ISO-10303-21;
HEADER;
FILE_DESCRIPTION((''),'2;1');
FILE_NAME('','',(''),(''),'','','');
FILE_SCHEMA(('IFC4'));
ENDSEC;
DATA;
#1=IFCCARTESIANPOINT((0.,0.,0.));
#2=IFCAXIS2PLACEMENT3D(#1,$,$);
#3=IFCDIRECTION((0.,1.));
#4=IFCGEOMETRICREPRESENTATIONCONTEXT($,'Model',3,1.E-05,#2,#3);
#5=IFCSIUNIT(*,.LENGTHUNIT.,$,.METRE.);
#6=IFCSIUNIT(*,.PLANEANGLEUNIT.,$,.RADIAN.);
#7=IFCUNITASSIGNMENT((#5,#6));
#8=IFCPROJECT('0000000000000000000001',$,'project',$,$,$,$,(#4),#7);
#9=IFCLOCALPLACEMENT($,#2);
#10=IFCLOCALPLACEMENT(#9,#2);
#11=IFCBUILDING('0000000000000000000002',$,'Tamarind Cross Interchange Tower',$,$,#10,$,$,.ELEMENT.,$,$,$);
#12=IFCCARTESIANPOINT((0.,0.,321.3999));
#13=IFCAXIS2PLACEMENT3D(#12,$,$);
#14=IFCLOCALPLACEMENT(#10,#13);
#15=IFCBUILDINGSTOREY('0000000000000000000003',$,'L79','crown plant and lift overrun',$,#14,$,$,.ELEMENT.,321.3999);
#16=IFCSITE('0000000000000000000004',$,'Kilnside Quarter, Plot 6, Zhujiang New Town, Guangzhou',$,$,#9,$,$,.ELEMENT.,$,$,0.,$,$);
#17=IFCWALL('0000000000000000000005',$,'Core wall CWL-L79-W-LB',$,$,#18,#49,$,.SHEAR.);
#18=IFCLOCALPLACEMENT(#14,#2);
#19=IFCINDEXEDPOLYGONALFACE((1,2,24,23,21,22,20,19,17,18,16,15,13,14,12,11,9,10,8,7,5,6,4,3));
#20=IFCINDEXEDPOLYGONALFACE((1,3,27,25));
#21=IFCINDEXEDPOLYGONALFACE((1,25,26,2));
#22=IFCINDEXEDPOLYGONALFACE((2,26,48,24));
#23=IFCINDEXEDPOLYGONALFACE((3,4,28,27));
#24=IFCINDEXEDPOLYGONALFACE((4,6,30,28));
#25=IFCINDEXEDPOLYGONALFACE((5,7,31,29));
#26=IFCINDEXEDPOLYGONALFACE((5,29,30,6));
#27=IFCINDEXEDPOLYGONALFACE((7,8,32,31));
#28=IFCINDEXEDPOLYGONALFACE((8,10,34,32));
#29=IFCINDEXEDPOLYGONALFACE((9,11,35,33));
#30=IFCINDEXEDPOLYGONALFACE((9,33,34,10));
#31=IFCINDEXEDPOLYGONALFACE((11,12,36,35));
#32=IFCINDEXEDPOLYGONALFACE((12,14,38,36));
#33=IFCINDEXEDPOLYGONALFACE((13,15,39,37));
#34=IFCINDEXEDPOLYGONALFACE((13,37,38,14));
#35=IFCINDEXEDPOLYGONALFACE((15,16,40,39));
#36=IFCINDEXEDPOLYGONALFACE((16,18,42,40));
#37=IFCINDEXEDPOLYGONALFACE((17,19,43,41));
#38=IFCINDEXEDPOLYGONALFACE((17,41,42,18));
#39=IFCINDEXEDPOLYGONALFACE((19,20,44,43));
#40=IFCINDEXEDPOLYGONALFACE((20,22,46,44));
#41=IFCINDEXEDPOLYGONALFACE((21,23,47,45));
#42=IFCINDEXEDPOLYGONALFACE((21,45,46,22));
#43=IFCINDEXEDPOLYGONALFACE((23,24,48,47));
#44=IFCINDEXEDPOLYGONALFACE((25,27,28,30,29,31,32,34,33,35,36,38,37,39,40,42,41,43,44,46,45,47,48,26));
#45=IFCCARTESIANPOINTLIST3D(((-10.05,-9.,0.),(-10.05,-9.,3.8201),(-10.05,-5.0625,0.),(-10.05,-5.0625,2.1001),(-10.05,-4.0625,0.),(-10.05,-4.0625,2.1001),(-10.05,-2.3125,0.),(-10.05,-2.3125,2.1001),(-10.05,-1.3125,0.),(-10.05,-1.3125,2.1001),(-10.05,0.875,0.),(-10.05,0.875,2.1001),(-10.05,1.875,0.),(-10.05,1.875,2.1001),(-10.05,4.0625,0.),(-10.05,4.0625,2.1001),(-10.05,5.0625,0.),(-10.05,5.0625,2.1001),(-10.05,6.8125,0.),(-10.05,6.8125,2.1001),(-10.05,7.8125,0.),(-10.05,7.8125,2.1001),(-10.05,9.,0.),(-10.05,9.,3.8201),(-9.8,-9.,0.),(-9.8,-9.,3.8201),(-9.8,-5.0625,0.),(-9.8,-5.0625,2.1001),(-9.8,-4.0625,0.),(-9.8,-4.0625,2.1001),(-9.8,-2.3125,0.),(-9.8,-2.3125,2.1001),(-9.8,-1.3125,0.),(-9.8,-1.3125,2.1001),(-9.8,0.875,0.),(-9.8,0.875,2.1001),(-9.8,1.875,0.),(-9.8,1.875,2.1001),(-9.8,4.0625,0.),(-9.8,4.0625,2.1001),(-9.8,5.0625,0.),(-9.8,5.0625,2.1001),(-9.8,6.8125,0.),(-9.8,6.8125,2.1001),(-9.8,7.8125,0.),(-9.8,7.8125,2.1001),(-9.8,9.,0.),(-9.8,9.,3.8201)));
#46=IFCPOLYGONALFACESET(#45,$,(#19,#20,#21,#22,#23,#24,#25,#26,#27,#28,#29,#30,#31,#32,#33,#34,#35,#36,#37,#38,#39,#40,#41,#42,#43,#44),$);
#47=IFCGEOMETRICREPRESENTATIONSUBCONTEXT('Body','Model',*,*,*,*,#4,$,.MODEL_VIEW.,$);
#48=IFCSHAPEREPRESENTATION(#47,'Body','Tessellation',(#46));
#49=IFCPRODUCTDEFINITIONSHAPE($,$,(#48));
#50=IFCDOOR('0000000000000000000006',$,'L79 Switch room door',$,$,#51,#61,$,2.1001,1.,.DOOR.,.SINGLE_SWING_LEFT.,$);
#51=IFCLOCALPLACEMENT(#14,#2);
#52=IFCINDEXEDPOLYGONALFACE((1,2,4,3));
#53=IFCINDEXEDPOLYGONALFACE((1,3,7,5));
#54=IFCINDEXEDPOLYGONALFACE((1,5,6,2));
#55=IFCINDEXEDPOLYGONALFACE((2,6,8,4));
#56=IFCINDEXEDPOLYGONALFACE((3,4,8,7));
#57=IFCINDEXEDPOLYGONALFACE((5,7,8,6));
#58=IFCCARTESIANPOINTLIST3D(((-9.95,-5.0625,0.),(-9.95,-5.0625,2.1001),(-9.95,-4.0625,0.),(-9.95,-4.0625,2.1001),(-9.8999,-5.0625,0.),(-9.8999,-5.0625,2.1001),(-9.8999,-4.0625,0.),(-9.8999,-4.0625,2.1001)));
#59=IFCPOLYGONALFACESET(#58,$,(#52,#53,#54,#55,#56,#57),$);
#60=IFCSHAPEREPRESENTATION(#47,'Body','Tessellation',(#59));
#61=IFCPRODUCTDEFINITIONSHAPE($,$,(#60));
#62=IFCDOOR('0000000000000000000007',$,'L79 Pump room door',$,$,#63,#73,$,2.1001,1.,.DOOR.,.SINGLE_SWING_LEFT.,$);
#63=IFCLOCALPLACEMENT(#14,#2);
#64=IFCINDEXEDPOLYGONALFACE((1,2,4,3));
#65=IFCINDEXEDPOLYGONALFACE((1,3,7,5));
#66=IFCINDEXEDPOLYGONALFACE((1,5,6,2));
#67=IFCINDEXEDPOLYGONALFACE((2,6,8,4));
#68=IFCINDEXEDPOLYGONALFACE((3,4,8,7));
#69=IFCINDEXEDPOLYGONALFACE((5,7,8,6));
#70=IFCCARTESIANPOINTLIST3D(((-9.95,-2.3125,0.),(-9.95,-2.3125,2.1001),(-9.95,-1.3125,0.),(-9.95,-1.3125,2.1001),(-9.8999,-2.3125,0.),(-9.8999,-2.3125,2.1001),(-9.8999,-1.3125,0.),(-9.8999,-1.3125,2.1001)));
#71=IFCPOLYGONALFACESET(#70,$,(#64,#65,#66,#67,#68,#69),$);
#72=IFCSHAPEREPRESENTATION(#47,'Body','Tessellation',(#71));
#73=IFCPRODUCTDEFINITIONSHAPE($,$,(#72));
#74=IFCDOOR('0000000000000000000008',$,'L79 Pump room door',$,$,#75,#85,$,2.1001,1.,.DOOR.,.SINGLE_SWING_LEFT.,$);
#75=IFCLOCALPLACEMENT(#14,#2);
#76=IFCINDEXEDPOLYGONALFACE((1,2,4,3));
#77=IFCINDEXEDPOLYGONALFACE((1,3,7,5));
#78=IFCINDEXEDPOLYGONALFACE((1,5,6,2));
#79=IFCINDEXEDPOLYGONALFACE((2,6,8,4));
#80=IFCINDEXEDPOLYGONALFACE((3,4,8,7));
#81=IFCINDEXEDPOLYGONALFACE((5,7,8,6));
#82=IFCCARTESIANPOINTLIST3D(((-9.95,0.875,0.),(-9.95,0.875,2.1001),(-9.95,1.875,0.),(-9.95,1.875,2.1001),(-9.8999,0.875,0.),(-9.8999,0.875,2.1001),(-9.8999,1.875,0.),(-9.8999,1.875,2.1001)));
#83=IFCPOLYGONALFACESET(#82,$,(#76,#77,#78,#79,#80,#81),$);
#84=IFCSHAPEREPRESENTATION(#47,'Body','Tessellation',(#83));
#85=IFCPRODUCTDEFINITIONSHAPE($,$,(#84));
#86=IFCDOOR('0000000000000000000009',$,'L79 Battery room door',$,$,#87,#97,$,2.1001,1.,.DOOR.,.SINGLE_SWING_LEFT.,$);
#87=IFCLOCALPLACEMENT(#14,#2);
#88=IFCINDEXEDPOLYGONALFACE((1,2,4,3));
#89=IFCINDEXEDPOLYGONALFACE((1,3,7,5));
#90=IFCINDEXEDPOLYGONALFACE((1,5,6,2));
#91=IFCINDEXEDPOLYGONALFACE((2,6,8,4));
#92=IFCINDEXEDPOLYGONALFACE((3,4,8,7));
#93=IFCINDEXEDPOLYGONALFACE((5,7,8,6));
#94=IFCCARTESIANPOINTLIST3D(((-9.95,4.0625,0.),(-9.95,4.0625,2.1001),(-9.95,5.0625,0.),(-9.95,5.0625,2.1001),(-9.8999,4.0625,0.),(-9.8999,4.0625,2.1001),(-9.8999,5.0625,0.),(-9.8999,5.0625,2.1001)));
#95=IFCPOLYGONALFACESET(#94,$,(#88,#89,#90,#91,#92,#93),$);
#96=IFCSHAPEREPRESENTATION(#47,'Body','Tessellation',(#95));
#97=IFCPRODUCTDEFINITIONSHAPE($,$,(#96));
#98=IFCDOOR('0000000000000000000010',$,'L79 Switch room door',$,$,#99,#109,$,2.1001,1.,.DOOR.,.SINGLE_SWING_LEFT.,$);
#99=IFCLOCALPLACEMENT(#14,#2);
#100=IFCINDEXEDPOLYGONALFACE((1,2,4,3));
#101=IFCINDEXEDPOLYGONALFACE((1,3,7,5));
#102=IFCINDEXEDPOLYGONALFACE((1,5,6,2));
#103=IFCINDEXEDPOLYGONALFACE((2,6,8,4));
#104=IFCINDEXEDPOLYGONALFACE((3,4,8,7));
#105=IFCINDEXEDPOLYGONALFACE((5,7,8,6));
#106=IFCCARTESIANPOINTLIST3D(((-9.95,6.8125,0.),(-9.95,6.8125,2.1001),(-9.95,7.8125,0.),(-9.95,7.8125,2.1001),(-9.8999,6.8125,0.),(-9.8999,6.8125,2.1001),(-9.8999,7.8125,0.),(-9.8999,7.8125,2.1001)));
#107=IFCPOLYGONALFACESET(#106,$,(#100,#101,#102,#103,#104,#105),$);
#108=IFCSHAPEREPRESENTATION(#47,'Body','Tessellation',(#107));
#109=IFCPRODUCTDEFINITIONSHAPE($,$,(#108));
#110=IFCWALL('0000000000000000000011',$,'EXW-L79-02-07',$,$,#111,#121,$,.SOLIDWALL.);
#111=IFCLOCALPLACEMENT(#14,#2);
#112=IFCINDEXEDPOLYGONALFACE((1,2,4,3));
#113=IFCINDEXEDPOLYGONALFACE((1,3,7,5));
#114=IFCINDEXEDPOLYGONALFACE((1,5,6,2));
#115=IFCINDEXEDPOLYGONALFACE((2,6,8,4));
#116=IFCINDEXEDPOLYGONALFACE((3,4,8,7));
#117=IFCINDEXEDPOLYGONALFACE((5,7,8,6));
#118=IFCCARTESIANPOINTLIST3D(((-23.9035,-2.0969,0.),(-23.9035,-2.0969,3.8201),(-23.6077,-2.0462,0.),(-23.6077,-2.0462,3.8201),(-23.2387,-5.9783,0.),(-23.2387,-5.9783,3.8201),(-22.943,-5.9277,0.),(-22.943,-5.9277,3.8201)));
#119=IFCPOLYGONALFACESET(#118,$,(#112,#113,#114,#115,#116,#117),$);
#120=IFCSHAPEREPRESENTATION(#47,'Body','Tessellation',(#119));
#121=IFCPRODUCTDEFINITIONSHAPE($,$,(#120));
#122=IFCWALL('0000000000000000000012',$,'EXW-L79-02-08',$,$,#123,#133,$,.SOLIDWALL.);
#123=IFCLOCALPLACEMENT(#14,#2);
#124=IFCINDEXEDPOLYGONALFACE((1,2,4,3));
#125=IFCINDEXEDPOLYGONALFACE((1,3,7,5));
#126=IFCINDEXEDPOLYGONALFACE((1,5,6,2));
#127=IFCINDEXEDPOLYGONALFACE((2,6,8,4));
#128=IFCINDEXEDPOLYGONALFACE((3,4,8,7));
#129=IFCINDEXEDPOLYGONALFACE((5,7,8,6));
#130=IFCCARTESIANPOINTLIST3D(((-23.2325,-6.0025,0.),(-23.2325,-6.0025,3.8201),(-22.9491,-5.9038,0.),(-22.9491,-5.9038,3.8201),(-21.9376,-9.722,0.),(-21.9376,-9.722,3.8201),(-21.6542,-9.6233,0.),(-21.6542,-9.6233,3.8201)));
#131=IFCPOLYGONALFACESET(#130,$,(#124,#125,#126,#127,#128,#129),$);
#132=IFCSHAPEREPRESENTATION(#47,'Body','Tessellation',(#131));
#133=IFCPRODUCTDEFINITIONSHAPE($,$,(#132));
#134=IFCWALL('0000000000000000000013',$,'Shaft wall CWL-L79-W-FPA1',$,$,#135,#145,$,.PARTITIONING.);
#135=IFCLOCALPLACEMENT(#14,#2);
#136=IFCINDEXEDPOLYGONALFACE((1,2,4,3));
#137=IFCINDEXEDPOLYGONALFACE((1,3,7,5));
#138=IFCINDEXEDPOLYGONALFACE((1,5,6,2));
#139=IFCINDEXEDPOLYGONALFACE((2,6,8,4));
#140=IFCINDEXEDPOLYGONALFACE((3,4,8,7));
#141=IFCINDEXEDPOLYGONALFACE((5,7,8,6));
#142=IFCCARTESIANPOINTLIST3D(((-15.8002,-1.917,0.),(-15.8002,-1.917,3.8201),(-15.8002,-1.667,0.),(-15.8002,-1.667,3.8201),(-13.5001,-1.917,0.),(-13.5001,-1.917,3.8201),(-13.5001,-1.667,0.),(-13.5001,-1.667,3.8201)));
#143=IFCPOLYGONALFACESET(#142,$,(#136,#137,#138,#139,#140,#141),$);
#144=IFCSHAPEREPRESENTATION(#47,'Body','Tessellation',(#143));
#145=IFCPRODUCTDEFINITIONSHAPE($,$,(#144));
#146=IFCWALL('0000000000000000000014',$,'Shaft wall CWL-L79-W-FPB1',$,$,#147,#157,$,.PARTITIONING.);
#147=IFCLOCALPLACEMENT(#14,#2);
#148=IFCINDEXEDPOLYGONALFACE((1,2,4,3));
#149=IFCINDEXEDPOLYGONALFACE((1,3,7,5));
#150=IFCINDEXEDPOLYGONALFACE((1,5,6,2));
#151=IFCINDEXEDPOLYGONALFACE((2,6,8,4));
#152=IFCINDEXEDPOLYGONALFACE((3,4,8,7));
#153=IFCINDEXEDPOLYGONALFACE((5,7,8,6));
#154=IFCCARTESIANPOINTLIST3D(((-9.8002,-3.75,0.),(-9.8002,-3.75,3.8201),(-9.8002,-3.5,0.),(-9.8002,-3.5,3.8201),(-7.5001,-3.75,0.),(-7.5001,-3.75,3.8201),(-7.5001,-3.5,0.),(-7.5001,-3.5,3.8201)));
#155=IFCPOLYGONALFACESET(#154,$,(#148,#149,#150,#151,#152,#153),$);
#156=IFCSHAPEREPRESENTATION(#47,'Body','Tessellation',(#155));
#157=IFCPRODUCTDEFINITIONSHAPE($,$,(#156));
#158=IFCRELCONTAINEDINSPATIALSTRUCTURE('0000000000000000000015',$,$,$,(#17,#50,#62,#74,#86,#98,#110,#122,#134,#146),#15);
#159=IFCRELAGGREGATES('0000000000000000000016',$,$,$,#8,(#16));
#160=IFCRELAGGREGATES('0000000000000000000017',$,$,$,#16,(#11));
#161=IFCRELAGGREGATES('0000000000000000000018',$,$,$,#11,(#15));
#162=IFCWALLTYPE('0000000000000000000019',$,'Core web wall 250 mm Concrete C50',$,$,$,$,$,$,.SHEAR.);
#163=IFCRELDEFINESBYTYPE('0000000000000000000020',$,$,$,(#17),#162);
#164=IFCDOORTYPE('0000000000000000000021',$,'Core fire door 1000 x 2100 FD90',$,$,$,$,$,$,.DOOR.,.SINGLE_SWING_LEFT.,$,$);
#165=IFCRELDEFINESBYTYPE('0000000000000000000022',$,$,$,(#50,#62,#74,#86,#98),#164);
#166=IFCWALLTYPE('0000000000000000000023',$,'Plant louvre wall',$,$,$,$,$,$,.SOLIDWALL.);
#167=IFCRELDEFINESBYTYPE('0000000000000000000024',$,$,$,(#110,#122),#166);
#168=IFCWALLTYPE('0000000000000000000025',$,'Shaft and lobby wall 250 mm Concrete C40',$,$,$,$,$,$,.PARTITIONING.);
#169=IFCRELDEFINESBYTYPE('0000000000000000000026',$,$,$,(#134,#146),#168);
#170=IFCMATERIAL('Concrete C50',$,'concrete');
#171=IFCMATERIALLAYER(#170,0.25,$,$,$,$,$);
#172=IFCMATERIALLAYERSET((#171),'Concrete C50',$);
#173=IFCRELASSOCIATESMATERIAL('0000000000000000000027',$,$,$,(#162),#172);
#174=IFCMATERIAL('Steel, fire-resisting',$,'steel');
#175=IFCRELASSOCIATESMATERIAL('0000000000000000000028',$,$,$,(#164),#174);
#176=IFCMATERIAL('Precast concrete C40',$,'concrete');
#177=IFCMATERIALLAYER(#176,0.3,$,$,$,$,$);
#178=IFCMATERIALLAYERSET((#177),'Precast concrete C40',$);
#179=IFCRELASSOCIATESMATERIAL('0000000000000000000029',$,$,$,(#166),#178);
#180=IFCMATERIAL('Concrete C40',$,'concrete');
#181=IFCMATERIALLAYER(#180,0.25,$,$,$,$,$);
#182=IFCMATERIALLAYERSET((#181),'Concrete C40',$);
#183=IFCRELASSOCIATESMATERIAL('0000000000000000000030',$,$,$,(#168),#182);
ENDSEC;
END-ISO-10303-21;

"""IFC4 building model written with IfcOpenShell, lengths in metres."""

from ifc_helpers import new_model, si_unit, direction, frame, frame_2d, origin, place, context, subcontext, project, spatial, rectangle, extrude, material, layer, layer_set, type_object, element, fill, save


model = new_model("IFC4")

# Units and contexts
model_context = context("Model", 3, precision=1e-05, world=origin(), true_north=direction((0.0, 1.0)))
body_context = subcontext(model_context, "Body", "Model", "MODEL_VIEW")
ifc_project = project(units=[si_unit("LENGTHUNIT", "METRE"), si_unit("PLANEANGLEUNIT", "RADIAN")], contexts=[model_context])

# Site, building, storey
site_placement = place(None, origin())
site = spatial("IfcSite", under=ifc_project, at=site_placement, Name="Kilnside Quarter, Plot 6, Zhujiang New Town, Guangzhou", CompositionType="ELEMENT", RefElevation=0.0)
building_placement = place(site_placement, origin())
building = spatial("IfcBuilding", under=site, at=building_placement, Name="Tamarind Cross Interchange Tower", CompositionType="ELEMENT")
storey_placement = place(building_placement, frame((0.0, 0.0, 321.3999)))
storey = spatial("IfcBuildingStorey", under=building, at=storey_placement, Name="L79", Description="crown plant and lift overrun", CompositionType="ELEMENT", Elevation=321.3999)

# Shared definitions
ifc_material_1 = material(Name="Concrete C50", Category="concrete")
ifc_layer_1 = layer(ifc_material_1, 0.25)
ifc_layer_set_1 = layer_set([ifc_layer_1], Name="Concrete C50")
wall_type_1 = type_object("IfcWallType", Name="Core web wall 250 mm Concrete C50", PredefinedType="SHEAR", material=ifc_layer_set_1)

# Wall, openings, doors
ifc_material_2 = material(Name="Steel, fire-resisting", Category="steel")
door_type_1 = type_object("IfcDoorType", Name="Core fire door 1000 x 2100 FD90", OperationType="SINGLE_SWING_LEFT", PredefinedType="DOOR", material=ifc_material_2)
wall_1_placement = place(storey_placement, frame((-9.925, -9.0, 0.0), z_axis=(0.0, 0.0, 1.0), x_axis=(0.0, 1.0, 0.0)))
wall_1 = element("IfcWall", 1, at=wall_1_placement, inside=storey, type_object=wall_type_1, Name="Core wall CWL-L79-W-LB", PredefinedType="SHEAR", context=body_context, shape_type="SweptSolid", body=[
    extrude(rectangle(XDim=18.0, YDim=0.25, at=frame_2d((9.0, 0.0))), origin(), (0.0, 0.0, 1.0), 3.8201),
])
opening_1_placement = place(wall_1_placement, frame((3.9375, 0.0, 0.0)))
opening_1 = element("IfcOpeningElement", 2, at=opening_1_placement, cuts=wall_1, PredefinedType="OPENING", context=body_context, shape_type="SweptSolid", body=[
    extrude(rectangle(XDim=1.0, YDim=2.1001, at=frame_2d((0.5, 1.05))), frame((0.0, 0.135, 0.0), z_axis=(0.0, -1.0, 0.0), x_axis=(1.0, 0.0, 0.0)), (0.0, 0.0, 1.0), 0.27),
])
opening_2_placement = place(wall_1_placement, frame((6.6875, 0.0, 0.0)))
opening_2 = element("IfcOpeningElement", 3, at=opening_2_placement, cuts=wall_1, PredefinedType="OPENING", context=body_context, shape_type="SweptSolid", body=[
    extrude(rectangle(XDim=1.0, YDim=2.1001, at=frame_2d((0.5, 1.05))), frame((0.0, 0.135, 0.0), z_axis=(0.0, -1.0, 0.0), x_axis=(1.0, 0.0, 0.0)), (0.0, 0.0, 1.0), 0.27),
])
opening_3_placement = place(wall_1_placement, frame((9.875, 0.0, 0.0)))
opening_3 = element("IfcOpeningElement", 4, at=opening_3_placement, cuts=wall_1, PredefinedType="OPENING", context=body_context, shape_type="SweptSolid", body=[
    extrude(rectangle(XDim=1.0, YDim=2.1001, at=frame_2d((0.5, 1.05))), frame((0.0, 0.135, 0.0), z_axis=(0.0, -1.0, 0.0), x_axis=(1.0, 0.0, 0.0)), (0.0, 0.0, 1.0), 0.27),
])
opening_4_placement = place(wall_1_placement, frame((13.0625, 0.0, 0.0)))
opening_4 = element("IfcOpeningElement", 5, at=opening_4_placement, cuts=wall_1, PredefinedType="OPENING", context=body_context, shape_type="SweptSolid", body=[
    extrude(rectangle(XDim=1.0, YDim=2.1001, at=frame_2d((0.5, 1.05))), frame((0.0, 0.135, 0.0), z_axis=(0.0, -1.0, 0.0), x_axis=(1.0, 0.0, 0.0)), (0.0, 0.0, 1.0), 0.27),
])
opening_5_placement = place(wall_1_placement, frame((15.8125, 0.0, 0.0)))
opening_5 = element("IfcOpeningElement", 6, at=opening_5_placement, cuts=wall_1, PredefinedType="OPENING", context=body_context, shape_type="SweptSolid", body=[
    extrude(rectangle(XDim=1.0, YDim=2.1001, at=frame_2d((0.5, 1.05))), frame((0.0, 0.135, 0.0), z_axis=(0.0, -1.0, 0.0), x_axis=(1.0, 0.0, 0.0)), (0.0, 0.0, 1.0), 0.27),
])
door_1_placement = place(opening_1_placement, origin())
door_1 = element("IfcDoor", 7, at=door_1_placement, inside=storey, type_object=door_type_1, Name="L79 Switch room door", OperationType="SINGLE_SWING_LEFT", OverallHeight=2.1001, OverallWidth=1.0, PredefinedType="DOOR", context=body_context, shape_type="SweptSolid", body=[
    extrude(rectangle(XDim=1.0, YDim=2.1001, at=frame_2d((0.5, 1.05))), frame((0.0, 0.0249, 0.0), z_axis=(0.0, -1.0, 0.0), x_axis=(1.0, 0.0, 0.0)), (0.0, 0.0, 1.0), 0.05),
])
fill(opening_1, door_1)
door_2_placement = place(opening_2_placement, origin())
door_2 = element("IfcDoor", 8, at=door_2_placement, inside=storey, type_object=door_type_1, Name="L79 Pump room door", OperationType="SINGLE_SWING_LEFT", OverallHeight=2.1001, OverallWidth=1.0, PredefinedType="DOOR", context=body_context, shape_type="SweptSolid", body=[
    extrude(rectangle(XDim=1.0, YDim=2.1001, at=frame_2d((0.5, 1.05))), frame((0.0, 0.0249, 0.0), z_axis=(0.0, -1.0, 0.0), x_axis=(1.0, 0.0, 0.0)), (0.0, 0.0, 1.0), 0.05),
])
fill(opening_2, door_2)
door_3_placement = place(opening_3_placement, origin())
door_3 = element("IfcDoor", 9, at=door_3_placement, inside=storey, type_object=door_type_1, Name="L79 Pump room door", OperationType="SINGLE_SWING_LEFT", OverallHeight=2.1001, OverallWidth=1.0, PredefinedType="DOOR", context=body_context, shape_type="SweptSolid", body=[
    extrude(rectangle(XDim=1.0, YDim=2.1001, at=frame_2d((0.5, 1.05))), frame((0.0, 0.0249, 0.0), z_axis=(0.0, -1.0, 0.0), x_axis=(1.0, 0.0, 0.0)), (0.0, 0.0, 1.0), 0.05),
])
fill(opening_3, door_3)
door_4_placement = place(opening_4_placement, origin())
door_4 = element("IfcDoor", 10, at=door_4_placement, inside=storey, type_object=door_type_1, Name="L79 Battery room door", OperationType="SINGLE_SWING_LEFT", OverallHeight=2.1001, OverallWidth=1.0, PredefinedType="DOOR", context=body_context, shape_type="SweptSolid", body=[
    extrude(rectangle(XDim=1.0, YDim=2.1001, at=frame_2d((0.5, 1.05))), frame((0.0, 0.0249, 0.0), z_axis=(0.0, -1.0, 0.0), x_axis=(1.0, 0.0, 0.0)), (0.0, 0.0, 1.0), 0.05),
])
fill(opening_4, door_4)
door_5_placement = place(opening_5_placement, origin())
door_5 = element("IfcDoor", 11, at=door_5_placement, inside=storey, type_object=door_type_1, Name="L79 Switch room door", OperationType="SINGLE_SWING_LEFT", OverallHeight=2.1001, OverallWidth=1.0, PredefinedType="DOOR", context=body_context, shape_type="SweptSolid", body=[
    extrude(rectangle(XDim=1.0, YDim=2.1001, at=frame_2d((0.5, 1.05))), frame((0.0, 0.0249, 0.0), z_axis=(0.0, -1.0, 0.0), x_axis=(1.0, 0.0, 0.0)), (0.0, 0.0, 1.0), 0.05),
])
fill(opening_5, door_5)

# Walls
ifc_material_3 = material(Name="Precast concrete C40", Category="concrete")
ifc_layer_2 = layer(ifc_material_3, 0.3)
ifc_layer_set_2 = layer_set([ifc_layer_2], Name="Precast concrete C40")
wall_type_2 = type_object("IfcWallType", Name="Plant louvre wall", PredefinedType="SOLIDWALL", material=ifc_layer_set_2)
wall_2_placement = place(storey_placement, frame((-23.7556, -2.0715, 0.0), z_axis=(0.0, 0.0, 1.0), x_axis=(0.168811, -0.985648, 0.0)))
element("IfcWall", 12, at=wall_2_placement, inside=storey, type_object=wall_type_2, Name="EXW-L79-02-07", PredefinedType="SOLIDWALL", context=body_context, shape_type="SweptSolid", body=[
    extrude(rectangle(XDim=3.938, YDim=0.3, at=frame_2d((1.969, 0.0))), origin(), (0.0, 0.0, 1.0), 3.8201),
])
wall_3_placement = place(storey_placement, frame((-23.0908, -5.9531, 0.0), z_axis=(0.0, 0.0, 1.0), x_axis=(0.32879, -0.944403, 0.0)))
element("IfcWall", 13, at=wall_3_placement, inside=storey, type_object=wall_type_2, Name="EXW-L79-02-08", PredefinedType="SOLIDWALL", context=body_context, shape_type="SweptSolid", body=[
    extrude(rectangle(XDim=3.9385, YDim=0.3, at=frame_2d((1.9692, 0.0))), origin(), (0.0, 0.0, 1.0), 3.8201),
])
ifc_material_4 = material(Name="Concrete C40", Category="concrete")
ifc_layer_3 = layer(ifc_material_4, 0.25)
ifc_layer_set_3 = layer_set([ifc_layer_3], Name="Concrete C40")
wall_type_3 = type_object("IfcWallType", Name="Shaft and lobby wall 250 mm Concrete C40", PredefinedType="PARTITIONING", material=ifc_layer_set_3)
for number, where, z_axis, x_axis, name in (
    (14, (-15.8, -1.792, 0.0), (0.0, 0.0, 1.0), (1.0, 0.0, 0.0), "Shaft wall CWL-L79-W-FPA1"),
    (15, (-9.8, -3.625, 0.0), (0.0, 0.0, 1.0), (1.0, 0.0, 0.0), "Shaft wall CWL-L79-W-FPB1"),
):
    element("IfcWall", number, at=place(storey_placement, frame(where, z_axis=z_axis, x_axis=x_axis)), inside=storey, type_object=wall_type_3, Name=name, PredefinedType="PARTITIONING", context=body_context, shape_type="SweptSolid", body=[
        extrude(rectangle(XDim=2.3, YDim=0.25, at=frame_2d((1.1499, 0.0))), origin(), (0.0, 0.0, 1.0), 3.8201),
    ])

save(model, "model.ifc")
